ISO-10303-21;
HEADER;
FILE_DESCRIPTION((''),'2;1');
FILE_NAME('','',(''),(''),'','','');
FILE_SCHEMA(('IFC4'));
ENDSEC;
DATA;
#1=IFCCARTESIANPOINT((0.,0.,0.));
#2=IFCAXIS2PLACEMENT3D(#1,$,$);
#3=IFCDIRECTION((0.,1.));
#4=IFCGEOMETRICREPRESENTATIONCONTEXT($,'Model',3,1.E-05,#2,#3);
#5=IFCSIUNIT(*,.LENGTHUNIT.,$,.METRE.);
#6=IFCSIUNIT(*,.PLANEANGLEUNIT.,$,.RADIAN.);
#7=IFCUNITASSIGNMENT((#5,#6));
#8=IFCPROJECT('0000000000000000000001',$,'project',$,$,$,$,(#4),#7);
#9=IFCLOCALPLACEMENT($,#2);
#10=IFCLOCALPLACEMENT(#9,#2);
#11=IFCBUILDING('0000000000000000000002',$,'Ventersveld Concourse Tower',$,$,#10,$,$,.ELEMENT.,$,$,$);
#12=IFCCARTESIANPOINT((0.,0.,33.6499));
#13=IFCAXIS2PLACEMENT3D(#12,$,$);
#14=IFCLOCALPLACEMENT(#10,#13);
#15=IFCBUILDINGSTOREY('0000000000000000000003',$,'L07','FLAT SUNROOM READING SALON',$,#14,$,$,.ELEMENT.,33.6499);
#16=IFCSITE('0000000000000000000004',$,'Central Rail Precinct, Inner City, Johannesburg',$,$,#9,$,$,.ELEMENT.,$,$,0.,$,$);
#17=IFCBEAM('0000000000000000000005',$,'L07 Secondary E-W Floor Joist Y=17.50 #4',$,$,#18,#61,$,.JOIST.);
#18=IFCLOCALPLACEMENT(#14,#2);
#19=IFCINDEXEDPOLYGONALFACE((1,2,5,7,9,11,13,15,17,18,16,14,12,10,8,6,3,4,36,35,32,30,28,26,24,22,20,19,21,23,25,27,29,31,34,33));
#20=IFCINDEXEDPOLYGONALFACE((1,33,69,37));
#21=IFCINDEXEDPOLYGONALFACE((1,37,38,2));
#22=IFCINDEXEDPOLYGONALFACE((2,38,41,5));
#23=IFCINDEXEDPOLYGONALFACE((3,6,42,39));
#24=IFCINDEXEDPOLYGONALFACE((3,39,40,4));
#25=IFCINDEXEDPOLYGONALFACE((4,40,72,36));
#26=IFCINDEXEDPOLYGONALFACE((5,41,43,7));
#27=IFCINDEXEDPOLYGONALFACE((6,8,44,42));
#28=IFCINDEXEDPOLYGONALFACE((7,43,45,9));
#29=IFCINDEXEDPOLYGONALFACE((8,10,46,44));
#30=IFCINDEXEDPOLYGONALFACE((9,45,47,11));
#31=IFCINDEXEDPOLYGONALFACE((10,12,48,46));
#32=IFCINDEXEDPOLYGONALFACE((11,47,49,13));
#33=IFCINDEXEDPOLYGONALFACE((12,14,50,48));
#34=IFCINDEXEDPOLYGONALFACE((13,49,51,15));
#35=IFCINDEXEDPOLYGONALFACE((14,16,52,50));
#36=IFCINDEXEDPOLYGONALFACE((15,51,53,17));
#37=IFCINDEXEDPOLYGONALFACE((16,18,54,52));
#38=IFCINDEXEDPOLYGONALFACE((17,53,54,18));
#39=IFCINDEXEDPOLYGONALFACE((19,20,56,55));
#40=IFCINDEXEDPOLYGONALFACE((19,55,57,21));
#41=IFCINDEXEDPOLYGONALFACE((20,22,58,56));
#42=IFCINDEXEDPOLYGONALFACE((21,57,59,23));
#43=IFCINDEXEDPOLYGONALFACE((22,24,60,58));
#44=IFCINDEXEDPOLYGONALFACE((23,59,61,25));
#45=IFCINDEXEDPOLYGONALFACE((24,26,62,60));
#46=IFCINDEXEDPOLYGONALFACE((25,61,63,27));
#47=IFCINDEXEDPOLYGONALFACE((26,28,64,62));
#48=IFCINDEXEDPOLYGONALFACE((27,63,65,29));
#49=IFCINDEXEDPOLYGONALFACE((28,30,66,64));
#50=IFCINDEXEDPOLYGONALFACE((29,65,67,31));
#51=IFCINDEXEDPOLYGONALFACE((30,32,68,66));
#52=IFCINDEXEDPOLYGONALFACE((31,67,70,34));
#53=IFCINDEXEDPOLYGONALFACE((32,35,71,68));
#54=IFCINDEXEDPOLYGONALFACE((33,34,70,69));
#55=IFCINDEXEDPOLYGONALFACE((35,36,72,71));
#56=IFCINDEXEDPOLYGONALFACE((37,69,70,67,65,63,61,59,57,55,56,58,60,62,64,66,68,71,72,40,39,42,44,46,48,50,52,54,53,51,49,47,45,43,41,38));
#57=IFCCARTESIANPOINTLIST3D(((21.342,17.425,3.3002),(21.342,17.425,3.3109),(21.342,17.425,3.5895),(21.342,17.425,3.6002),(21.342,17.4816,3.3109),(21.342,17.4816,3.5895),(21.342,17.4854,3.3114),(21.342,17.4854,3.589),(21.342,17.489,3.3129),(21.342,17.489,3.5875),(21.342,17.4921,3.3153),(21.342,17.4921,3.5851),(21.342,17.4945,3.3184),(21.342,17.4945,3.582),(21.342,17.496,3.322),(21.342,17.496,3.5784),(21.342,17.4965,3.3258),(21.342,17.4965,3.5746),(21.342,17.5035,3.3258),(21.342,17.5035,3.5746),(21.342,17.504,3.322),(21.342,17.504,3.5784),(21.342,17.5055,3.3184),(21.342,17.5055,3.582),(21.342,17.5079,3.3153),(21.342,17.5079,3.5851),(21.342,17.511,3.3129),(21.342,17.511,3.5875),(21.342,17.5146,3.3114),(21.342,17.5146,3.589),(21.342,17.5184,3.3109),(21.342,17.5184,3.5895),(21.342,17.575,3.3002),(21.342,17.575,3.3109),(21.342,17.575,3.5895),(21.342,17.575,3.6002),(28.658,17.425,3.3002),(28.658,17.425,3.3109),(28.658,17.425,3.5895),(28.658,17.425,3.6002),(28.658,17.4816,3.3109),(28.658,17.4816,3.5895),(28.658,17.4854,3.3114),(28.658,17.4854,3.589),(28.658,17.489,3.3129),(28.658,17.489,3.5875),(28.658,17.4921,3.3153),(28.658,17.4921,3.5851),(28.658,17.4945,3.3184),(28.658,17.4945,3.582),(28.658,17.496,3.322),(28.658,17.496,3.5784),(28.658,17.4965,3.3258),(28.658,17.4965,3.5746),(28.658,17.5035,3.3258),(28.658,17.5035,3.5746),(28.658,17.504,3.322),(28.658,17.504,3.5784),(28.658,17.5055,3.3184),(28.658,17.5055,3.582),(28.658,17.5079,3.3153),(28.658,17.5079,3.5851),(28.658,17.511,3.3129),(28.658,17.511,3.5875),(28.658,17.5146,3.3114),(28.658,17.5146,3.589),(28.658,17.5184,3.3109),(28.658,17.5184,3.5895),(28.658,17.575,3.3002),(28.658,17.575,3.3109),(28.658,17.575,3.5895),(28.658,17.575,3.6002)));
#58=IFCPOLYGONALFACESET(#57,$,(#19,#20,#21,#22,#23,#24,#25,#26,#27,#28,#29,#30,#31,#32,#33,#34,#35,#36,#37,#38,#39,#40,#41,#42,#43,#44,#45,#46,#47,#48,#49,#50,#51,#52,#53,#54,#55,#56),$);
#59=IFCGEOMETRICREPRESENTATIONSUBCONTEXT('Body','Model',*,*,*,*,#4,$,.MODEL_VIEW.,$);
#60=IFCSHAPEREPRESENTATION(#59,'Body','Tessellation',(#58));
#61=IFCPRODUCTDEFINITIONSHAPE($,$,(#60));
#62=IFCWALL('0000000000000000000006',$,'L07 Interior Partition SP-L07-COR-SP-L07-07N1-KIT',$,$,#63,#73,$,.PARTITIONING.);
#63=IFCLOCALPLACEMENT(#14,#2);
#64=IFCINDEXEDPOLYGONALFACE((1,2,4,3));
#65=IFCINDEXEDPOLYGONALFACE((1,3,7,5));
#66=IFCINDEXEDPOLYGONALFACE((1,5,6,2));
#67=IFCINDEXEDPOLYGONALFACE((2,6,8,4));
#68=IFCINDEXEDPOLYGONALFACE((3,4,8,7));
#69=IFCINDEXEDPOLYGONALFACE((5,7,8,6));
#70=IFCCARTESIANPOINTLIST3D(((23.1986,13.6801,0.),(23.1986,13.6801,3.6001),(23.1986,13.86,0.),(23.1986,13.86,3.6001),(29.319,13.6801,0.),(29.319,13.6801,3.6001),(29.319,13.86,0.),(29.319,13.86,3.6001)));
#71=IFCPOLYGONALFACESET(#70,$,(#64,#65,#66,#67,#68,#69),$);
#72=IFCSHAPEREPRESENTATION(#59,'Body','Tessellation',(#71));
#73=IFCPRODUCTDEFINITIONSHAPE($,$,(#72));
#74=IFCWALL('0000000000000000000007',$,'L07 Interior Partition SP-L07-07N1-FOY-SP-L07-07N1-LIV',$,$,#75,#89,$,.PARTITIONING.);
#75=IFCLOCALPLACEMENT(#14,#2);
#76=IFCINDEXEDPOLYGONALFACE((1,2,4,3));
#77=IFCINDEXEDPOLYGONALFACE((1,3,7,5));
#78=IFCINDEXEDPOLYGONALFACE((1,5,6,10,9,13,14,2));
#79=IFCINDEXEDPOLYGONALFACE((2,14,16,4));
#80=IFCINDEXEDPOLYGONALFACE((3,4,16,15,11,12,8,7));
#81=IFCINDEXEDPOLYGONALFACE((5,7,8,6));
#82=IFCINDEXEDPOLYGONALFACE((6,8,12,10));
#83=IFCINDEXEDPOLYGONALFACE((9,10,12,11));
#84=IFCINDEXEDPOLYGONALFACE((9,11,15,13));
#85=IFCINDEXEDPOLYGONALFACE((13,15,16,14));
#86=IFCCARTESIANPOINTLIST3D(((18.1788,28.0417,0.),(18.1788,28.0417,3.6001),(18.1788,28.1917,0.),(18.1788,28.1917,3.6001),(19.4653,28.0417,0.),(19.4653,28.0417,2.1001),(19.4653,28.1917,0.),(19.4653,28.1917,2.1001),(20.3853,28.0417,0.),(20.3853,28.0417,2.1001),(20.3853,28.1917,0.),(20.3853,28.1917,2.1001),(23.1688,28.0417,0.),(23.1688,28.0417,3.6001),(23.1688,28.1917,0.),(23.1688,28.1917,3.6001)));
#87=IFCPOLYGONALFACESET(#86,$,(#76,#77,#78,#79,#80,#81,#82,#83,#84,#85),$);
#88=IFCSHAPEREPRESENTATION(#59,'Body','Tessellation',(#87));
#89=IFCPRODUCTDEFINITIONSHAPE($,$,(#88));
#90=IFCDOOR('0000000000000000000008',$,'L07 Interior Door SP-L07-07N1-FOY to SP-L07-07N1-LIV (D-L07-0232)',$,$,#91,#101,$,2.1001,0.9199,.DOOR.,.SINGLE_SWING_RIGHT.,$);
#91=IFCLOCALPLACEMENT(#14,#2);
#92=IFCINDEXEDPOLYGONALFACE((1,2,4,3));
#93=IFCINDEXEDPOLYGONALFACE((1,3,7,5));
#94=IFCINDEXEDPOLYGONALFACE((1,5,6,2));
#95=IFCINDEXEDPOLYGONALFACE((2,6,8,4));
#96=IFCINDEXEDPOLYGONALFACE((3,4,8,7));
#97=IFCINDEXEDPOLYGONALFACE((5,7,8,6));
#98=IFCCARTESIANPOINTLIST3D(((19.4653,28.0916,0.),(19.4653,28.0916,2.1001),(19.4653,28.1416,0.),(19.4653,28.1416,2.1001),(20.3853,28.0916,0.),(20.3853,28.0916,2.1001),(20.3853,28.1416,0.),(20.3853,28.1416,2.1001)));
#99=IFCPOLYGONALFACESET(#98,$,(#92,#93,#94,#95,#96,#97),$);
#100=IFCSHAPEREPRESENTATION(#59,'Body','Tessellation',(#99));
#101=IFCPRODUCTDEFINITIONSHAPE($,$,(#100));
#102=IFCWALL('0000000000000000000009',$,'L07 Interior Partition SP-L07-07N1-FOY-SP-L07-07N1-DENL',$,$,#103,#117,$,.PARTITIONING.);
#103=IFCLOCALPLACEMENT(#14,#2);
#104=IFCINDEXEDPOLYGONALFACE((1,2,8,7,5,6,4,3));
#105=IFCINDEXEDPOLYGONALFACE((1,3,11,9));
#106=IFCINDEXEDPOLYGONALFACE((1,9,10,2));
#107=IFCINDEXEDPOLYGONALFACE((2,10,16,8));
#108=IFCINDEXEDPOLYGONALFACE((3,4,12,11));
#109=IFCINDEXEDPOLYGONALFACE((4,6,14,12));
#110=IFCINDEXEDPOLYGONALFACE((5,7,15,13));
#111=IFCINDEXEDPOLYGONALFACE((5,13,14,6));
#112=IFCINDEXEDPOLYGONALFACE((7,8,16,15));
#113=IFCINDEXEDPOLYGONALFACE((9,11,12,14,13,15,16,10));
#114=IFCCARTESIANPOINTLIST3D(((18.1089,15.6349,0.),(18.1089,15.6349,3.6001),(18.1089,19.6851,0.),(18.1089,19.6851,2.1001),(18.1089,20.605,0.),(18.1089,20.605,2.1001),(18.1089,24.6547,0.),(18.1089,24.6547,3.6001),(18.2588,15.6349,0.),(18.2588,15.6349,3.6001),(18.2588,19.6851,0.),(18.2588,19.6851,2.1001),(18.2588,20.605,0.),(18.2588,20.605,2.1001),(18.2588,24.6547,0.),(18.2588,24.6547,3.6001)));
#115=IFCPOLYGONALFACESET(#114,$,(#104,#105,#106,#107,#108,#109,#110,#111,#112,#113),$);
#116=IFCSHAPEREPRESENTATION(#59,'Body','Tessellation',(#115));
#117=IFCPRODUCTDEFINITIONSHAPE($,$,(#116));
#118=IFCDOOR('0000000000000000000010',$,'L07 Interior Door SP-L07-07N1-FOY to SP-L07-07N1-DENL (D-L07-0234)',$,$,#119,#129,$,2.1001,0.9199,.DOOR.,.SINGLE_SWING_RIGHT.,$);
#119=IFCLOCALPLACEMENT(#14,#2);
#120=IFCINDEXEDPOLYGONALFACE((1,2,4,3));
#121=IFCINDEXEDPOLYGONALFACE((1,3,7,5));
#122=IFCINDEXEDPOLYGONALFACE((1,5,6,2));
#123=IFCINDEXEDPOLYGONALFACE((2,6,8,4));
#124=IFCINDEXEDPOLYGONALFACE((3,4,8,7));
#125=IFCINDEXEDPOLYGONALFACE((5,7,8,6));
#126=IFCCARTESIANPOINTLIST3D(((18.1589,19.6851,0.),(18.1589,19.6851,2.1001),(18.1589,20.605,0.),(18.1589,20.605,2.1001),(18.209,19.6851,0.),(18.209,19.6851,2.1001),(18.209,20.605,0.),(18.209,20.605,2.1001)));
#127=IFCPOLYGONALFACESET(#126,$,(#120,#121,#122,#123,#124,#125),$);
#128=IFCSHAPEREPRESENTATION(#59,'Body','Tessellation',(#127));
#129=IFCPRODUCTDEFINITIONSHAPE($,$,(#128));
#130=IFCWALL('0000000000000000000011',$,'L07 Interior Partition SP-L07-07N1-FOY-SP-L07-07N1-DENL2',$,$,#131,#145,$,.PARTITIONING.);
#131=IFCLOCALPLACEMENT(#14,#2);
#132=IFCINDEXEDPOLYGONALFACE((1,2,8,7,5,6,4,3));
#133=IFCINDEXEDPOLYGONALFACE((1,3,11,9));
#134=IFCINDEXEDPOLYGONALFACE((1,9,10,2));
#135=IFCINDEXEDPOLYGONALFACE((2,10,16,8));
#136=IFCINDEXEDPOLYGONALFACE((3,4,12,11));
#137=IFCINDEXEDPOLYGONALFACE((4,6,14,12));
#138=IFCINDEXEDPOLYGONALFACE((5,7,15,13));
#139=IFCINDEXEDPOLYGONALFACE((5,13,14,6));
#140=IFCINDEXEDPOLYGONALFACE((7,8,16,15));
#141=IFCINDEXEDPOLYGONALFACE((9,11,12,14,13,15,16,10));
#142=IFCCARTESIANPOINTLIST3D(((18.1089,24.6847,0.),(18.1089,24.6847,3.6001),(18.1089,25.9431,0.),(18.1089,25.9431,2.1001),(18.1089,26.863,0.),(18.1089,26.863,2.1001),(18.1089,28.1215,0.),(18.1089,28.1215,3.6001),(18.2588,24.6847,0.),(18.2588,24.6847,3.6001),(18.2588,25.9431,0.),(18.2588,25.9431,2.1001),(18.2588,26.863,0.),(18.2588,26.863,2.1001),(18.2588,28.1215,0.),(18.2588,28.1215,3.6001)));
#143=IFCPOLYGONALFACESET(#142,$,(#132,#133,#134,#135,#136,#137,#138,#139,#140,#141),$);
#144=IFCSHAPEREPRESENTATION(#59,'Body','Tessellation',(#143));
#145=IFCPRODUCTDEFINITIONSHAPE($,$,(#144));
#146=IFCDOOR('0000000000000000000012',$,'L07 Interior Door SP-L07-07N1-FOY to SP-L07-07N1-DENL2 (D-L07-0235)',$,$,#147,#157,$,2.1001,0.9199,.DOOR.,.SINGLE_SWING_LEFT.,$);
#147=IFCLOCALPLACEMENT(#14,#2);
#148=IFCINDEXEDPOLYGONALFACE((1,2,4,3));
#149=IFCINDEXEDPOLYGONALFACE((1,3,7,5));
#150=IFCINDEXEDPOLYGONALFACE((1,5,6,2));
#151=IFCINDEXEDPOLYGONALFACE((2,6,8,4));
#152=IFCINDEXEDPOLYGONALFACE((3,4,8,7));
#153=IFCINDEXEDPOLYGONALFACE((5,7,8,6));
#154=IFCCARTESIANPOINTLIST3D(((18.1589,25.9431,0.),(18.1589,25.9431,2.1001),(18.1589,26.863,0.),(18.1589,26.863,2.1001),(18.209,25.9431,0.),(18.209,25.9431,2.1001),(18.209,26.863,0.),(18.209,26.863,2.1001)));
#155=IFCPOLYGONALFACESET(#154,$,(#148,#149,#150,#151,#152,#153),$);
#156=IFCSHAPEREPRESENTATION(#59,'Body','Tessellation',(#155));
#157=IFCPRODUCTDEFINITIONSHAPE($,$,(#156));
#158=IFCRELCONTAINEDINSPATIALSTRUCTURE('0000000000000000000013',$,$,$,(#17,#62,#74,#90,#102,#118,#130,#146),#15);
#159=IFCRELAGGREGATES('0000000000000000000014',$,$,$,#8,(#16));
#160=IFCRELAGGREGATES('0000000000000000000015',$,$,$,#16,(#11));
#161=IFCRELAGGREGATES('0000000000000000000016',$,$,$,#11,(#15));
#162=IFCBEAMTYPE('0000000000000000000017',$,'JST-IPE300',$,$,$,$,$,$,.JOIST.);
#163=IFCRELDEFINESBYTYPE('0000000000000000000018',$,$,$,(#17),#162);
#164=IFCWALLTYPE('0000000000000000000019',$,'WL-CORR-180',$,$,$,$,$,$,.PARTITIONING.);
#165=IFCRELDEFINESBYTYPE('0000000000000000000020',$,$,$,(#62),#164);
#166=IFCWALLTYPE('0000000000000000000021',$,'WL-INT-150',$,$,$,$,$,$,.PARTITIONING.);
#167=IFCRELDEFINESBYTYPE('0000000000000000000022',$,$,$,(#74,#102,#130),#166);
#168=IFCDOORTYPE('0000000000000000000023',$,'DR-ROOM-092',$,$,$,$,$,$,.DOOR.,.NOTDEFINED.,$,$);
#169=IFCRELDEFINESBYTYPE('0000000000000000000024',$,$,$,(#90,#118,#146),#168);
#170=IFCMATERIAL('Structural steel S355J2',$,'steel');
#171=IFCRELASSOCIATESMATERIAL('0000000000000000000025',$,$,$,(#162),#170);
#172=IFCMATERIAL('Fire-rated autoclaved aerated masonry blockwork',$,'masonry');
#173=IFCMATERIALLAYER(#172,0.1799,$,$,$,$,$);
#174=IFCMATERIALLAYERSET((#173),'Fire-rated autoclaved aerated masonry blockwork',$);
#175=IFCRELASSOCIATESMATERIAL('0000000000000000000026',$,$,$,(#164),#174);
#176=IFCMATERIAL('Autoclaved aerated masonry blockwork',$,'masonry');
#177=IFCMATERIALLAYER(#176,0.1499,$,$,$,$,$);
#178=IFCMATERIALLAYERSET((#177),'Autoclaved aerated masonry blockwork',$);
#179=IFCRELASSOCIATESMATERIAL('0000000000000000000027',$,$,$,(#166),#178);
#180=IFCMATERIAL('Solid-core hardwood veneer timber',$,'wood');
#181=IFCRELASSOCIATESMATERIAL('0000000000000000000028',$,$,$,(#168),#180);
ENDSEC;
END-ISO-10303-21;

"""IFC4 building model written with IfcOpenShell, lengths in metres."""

from ifc_helpers import new_model, si_unit, direction, frame, frame_2d, origin, origin_2d, place, context, subcontext, project, spatial, rectangle, i_section, extrude, material, layer, layer_set, material_profile, profile_set, type_object, element, fill, save


model = new_model("IFC4")

# Units and contexts
model_context = context("Model", 3, precision=1e-05, world=origin(), true_north=direction((0.0, 1.0)))
body_context = subcontext(model_context, "Body", "Model", "MODEL_VIEW")
ifc_project = project(units=[si_unit("LENGTHUNIT", "METRE"), si_unit("PLANEANGLEUNIT", "RADIAN")], contexts=[model_context])

# Site, building, storey
site_placement = place(None, origin())
site = spatial("IfcSite", under=ifc_project, at=site_placement, Name="Central Rail Precinct, Inner City, Johannesburg", CompositionType="ELEMENT", RefElevation=0.0)
building_placement = place(site_placement, origin())
building = spatial("IfcBuilding", under=site, at=building_placement, Name="Ventersveld Concourse Tower", CompositionType="ELEMENT")
storey_placement = place(building_placement, frame((0.0, 0.0, 33.6499)))
storey = spatial("IfcBuildingStorey", under=building, at=storey_placement, Name="L07", Description="FLAT SUNROOM READING SALON", CompositionType="ELEMENT", Elevation=33.6499)

# Beam
ifc_material_1 = material(Name="Structural steel S355J2", Category="steel")
ifc_material_profile_1 = material_profile(ifc_material_1, i_section(OverallWidth=0.1499, OverallDepth=0.3, WebThickness=0.0071, FlangeThickness=0.0107, FilletRadius=0.0149, at=origin_2d()), Name="IPE 300")
ifc_profile_set_1 = profile_set([ifc_material_profile_1], Name="Structural steel S355J2")
beam_type_1 = type_object("IfcBeamType", Name="JST-IPE300", PredefinedType="JOIST", material=ifc_profile_set_1)
for number, where, z_axis, x_axis, name in (
    (1, (21.342, 17.5, 3.4502), (1.0, 0.0, 0.0), (0.0, 1.0, 0.0), "L07 Secondary E-W Floor Joist Y=17.50 #4"),
):
    element("IfcBeam", number, at=place(storey_placement, frame(where, z_axis=z_axis, x_axis=x_axis)), inside=storey, type_object=beam_type_1, Name=name, PredefinedType="JOIST", context=body_context, shape_type="SweptSolid", body=[
        extrude(i_section(OverallWidth=0.1499, OverallDepth=0.3, WebThickness=0.0071, FlangeThickness=0.0107, FilletRadius=0.0149, at=origin_2d()), origin(), (0.0, 0.0, 1.0), 7.3159),
    ])

# Shared definitions
ifc_material_2 = material(Name="Fire-rated autoclaved aerated masonry blockwork", Category="masonry")
ifc_layer_1 = layer(ifc_material_2, 0.1799)
ifc_layer_set_1 = layer_set([ifc_layer_1], Name="Fire-rated autoclaved aerated masonry blockwork")
wall_type_1 = type_object("IfcWallType", Name="WL-CORR-180", PredefinedType="PARTITIONING", material=ifc_layer_set_1)
ifc_material_3 = material(Name="Solid-core hardwood veneer timber", Category="wood")

# Wall
wall_1_placement = place(storey_placement, frame((23.1987, 13.77, 0.0), z_axis=(0.0, 0.0, 1.0), x_axis=(1.0, 0.0, 0.0)))
element("IfcWall", 2, at=wall_1_placement, inside=storey, type_object=wall_type_1, Name="L07 Interior Partition SP-L07-COR-SP-L07-07N1-KIT", PredefinedType="PARTITIONING", context=body_context, shape_type="SweptSolid", body=[
    extrude(rectangle(XDim=6.1204, YDim=0.1799, at=frame_2d((3.0601, 0.0))), origin(), (0.0, 0.0, 1.0), 3.6001),
])

# Walls, openings, doors
ifc_material_4 = material(Name="Autoclaved aerated masonry blockwork", Category="masonry")
ifc_layer_2 = layer(ifc_material_4, 0.1499)
ifc_layer_set_2 = layer_set([ifc_layer_2], Name="Autoclaved aerated masonry blockwork")
wall_type_2 = type_object("IfcWallType", Name="WL-INT-150", PredefinedType="PARTITIONING", material=ifc_layer_set_2)
wall_2_placement = place(storey_placement, frame((18.1787, 28.1167, 0.0), z_axis=(0.0, 0.0, 1.0), x_axis=(1.0, 0.0, 0.0)))
wall_2 = element("IfcWall", 3, at=wall_2_placement, inside=storey, type_object=wall_type_2, Name="L07 Interior Partition SP-L07-07N1-FOY-SP-L07-07N1-LIV", PredefinedType="PARTITIONING", context=body_context, shape_type="SweptSolid", body=[
    extrude(rectangle(XDim=4.99, YDim=0.1499, at=frame_2d((2.4951, 0.0))), origin(), (0.0, 0.0, 1.0), 3.6001),
])
opening_1_placement = place(wall_2_placement, frame((1.2866, 0.0, 0.0)))
opening_1 = element("IfcOpeningElement", 4, at=opening_1_placement, cuts=wall_2, PredefinedType="OPENING", context=body_context, shape_type="SweptSolid", body=[
    extrude(rectangle(XDim=0.9199, YDim=2.1001, at=frame_2d((0.46, 1.05))), frame((0.0, 0.085, 0.0), z_axis=(0.0, -1.0, 0.0), x_axis=(1.0, 0.0, 0.0)), (0.0, 0.0, 1.0), 0.1699),
])
door_type_1 = type_object("IfcDoorType", Name="DR-ROOM-092", OperationType="NOTDEFINED", PredefinedType="DOOR", material=ifc_material_3)
door_1_placement = place(opening_1_placement, origin())
door_1 = element("IfcDoor", 5, at=door_1_placement, inside=storey, type_object=door_type_1, Name="L07 Interior Door SP-L07-07N1-FOY to SP-L07-07N1-LIV (D-L07-0232)", OperationType="SINGLE_SWING_RIGHT", OverallHeight=2.1001, OverallWidth=0.9199, PredefinedType="DOOR", context=body_context, shape_type="SweptSolid", body=[
    extrude(rectangle(XDim=0.9199, YDim=2.1001, at=frame_2d((0.46, 1.05))), frame((0.0, 0.0249, 0.0), z_axis=(0.0, -1.0, 0.0), x_axis=(1.0, 0.0, 0.0)), (0.0, 0.0, 1.0), 0.05),
])
fill(opening_1, door_1)
wall_3_placement = place(storey_placement, frame((18.1838, 15.635, 0.0), z_axis=(0.0, 0.0, 1.0), x_axis=(0.0, 1.0, 0.0)))
wall_3 = element("IfcWall", 6, at=wall_3_placement, inside=storey, type_object=wall_type_2, Name="L07 Interior Partition SP-L07-07N1-FOY-SP-L07-07N1-DENL", PredefinedType="PARTITIONING", context=body_context, shape_type="SweptSolid", body=[
    extrude(rectangle(XDim=9.0198, YDim=0.1499, at=frame_2d((4.5098, 0.0))), origin(), (0.0, 0.0, 1.0), 3.6001),
])
opening_2_placement = place(wall_3_placement, frame((4.05, 0.0, 0.0)))
opening_2 = element("IfcOpeningElement", 7, at=opening_2_placement, cuts=wall_3, PredefinedType="OPENING", context=body_context, shape_type="SweptSolid", body=[
    extrude(rectangle(XDim=0.9199, YDim=2.1001, at=frame_2d((0.46, 1.05))), frame((0.0, 0.085, 0.0), z_axis=(0.0, -1.0, 0.0), x_axis=(1.0, 0.0, 0.0)), (0.0, 0.0, 1.0), 0.1699),
])
door_2_placement = place(opening_2_placement, origin())
door_2 = element("IfcDoor", 8, at=door_2_placement, inside=storey, type_object=door_type_1, Name="L07 Interior Door SP-L07-07N1-FOY to SP-L07-07N1-DENL (D-L07-0234)", OperationType="SINGLE_SWING_RIGHT", OverallHeight=2.1001, OverallWidth=0.9199, PredefinedType="DOOR", context=body_context, shape_type="SweptSolid", body=[
    extrude(rectangle(XDim=0.9199, YDim=2.1001, at=frame_2d((0.46, 1.05))), frame((0.0, 0.0249, 0.0), z_axis=(0.0, -1.0, 0.0), x_axis=(1.0, 0.0, 0.0)), (0.0, 0.0, 1.0), 0.05),
])
fill(opening_2, door_2)
wall_4_placement = place(storey_placement, frame((18.1838, 24.6848, 0.0), z_axis=(0.0, 0.0, 1.0), x_axis=(0.0, 1.0, 0.0)))
wall_4 = element("IfcWall", 9, at=wall_4_placement, inside=storey, type_object=wall_type_2, Name="L07 Interior Partition SP-L07-07N1-FOY-SP-L07-07N1-DENL2", PredefinedType="PARTITIONING", context=body_context, shape_type="SweptSolid", body=[
    extrude(rectangle(XDim=3.4368, YDim=0.1499, at=frame_2d((1.7183, 0.0))), origin(), (0.0, 0.0, 1.0), 3.6001),
])
opening_3_placement = place(wall_4_placement, frame((1.2583, 0.0, 0.0)))
opening_3 = element("IfcOpeningElement", 10, at=opening_3_placement, cuts=wall_4, PredefinedType="OPENING", context=body_context, shape_type="SweptSolid", body=[
    extrude(rectangle(XDim=0.9199, YDim=2.1001, at=frame_2d((0.46, 1.05))), frame((0.0, 0.085, 0.0), z_axis=(0.0, -1.0, 0.0), x_axis=(1.0, 0.0, 0.0)), (0.0, 0.0, 1.0), 0.1699),
])
door_3_placement = place(opening_3_placement, origin())
door_3 = element("IfcDoor", 11, at=door_3_placement, inside=storey, type_object=door_type_1, Name="L07 Interior Door SP-L07-07N1-FOY to SP-L07-07N1-DENL2 (D-L07-0235)", OperationType="SINGLE_SWING_LEFT", OverallHeight=2.1001, OverallWidth=0.9199, PredefinedType="DOOR", context=body_context, shape_type="SweptSolid", body=[
    extrude(rectangle(XDim=0.9199, YDim=2.1001, at=frame_2d((0.46, 1.05))), frame((0.0, 0.0249, 0.0), z_axis=(0.0, -1.0, 0.0), x_axis=(1.0, 0.0, 0.0)), (0.0, 0.0, 1.0), 0.05),
])
fill(opening_3, door_3)

save(model, "model.ifc")
